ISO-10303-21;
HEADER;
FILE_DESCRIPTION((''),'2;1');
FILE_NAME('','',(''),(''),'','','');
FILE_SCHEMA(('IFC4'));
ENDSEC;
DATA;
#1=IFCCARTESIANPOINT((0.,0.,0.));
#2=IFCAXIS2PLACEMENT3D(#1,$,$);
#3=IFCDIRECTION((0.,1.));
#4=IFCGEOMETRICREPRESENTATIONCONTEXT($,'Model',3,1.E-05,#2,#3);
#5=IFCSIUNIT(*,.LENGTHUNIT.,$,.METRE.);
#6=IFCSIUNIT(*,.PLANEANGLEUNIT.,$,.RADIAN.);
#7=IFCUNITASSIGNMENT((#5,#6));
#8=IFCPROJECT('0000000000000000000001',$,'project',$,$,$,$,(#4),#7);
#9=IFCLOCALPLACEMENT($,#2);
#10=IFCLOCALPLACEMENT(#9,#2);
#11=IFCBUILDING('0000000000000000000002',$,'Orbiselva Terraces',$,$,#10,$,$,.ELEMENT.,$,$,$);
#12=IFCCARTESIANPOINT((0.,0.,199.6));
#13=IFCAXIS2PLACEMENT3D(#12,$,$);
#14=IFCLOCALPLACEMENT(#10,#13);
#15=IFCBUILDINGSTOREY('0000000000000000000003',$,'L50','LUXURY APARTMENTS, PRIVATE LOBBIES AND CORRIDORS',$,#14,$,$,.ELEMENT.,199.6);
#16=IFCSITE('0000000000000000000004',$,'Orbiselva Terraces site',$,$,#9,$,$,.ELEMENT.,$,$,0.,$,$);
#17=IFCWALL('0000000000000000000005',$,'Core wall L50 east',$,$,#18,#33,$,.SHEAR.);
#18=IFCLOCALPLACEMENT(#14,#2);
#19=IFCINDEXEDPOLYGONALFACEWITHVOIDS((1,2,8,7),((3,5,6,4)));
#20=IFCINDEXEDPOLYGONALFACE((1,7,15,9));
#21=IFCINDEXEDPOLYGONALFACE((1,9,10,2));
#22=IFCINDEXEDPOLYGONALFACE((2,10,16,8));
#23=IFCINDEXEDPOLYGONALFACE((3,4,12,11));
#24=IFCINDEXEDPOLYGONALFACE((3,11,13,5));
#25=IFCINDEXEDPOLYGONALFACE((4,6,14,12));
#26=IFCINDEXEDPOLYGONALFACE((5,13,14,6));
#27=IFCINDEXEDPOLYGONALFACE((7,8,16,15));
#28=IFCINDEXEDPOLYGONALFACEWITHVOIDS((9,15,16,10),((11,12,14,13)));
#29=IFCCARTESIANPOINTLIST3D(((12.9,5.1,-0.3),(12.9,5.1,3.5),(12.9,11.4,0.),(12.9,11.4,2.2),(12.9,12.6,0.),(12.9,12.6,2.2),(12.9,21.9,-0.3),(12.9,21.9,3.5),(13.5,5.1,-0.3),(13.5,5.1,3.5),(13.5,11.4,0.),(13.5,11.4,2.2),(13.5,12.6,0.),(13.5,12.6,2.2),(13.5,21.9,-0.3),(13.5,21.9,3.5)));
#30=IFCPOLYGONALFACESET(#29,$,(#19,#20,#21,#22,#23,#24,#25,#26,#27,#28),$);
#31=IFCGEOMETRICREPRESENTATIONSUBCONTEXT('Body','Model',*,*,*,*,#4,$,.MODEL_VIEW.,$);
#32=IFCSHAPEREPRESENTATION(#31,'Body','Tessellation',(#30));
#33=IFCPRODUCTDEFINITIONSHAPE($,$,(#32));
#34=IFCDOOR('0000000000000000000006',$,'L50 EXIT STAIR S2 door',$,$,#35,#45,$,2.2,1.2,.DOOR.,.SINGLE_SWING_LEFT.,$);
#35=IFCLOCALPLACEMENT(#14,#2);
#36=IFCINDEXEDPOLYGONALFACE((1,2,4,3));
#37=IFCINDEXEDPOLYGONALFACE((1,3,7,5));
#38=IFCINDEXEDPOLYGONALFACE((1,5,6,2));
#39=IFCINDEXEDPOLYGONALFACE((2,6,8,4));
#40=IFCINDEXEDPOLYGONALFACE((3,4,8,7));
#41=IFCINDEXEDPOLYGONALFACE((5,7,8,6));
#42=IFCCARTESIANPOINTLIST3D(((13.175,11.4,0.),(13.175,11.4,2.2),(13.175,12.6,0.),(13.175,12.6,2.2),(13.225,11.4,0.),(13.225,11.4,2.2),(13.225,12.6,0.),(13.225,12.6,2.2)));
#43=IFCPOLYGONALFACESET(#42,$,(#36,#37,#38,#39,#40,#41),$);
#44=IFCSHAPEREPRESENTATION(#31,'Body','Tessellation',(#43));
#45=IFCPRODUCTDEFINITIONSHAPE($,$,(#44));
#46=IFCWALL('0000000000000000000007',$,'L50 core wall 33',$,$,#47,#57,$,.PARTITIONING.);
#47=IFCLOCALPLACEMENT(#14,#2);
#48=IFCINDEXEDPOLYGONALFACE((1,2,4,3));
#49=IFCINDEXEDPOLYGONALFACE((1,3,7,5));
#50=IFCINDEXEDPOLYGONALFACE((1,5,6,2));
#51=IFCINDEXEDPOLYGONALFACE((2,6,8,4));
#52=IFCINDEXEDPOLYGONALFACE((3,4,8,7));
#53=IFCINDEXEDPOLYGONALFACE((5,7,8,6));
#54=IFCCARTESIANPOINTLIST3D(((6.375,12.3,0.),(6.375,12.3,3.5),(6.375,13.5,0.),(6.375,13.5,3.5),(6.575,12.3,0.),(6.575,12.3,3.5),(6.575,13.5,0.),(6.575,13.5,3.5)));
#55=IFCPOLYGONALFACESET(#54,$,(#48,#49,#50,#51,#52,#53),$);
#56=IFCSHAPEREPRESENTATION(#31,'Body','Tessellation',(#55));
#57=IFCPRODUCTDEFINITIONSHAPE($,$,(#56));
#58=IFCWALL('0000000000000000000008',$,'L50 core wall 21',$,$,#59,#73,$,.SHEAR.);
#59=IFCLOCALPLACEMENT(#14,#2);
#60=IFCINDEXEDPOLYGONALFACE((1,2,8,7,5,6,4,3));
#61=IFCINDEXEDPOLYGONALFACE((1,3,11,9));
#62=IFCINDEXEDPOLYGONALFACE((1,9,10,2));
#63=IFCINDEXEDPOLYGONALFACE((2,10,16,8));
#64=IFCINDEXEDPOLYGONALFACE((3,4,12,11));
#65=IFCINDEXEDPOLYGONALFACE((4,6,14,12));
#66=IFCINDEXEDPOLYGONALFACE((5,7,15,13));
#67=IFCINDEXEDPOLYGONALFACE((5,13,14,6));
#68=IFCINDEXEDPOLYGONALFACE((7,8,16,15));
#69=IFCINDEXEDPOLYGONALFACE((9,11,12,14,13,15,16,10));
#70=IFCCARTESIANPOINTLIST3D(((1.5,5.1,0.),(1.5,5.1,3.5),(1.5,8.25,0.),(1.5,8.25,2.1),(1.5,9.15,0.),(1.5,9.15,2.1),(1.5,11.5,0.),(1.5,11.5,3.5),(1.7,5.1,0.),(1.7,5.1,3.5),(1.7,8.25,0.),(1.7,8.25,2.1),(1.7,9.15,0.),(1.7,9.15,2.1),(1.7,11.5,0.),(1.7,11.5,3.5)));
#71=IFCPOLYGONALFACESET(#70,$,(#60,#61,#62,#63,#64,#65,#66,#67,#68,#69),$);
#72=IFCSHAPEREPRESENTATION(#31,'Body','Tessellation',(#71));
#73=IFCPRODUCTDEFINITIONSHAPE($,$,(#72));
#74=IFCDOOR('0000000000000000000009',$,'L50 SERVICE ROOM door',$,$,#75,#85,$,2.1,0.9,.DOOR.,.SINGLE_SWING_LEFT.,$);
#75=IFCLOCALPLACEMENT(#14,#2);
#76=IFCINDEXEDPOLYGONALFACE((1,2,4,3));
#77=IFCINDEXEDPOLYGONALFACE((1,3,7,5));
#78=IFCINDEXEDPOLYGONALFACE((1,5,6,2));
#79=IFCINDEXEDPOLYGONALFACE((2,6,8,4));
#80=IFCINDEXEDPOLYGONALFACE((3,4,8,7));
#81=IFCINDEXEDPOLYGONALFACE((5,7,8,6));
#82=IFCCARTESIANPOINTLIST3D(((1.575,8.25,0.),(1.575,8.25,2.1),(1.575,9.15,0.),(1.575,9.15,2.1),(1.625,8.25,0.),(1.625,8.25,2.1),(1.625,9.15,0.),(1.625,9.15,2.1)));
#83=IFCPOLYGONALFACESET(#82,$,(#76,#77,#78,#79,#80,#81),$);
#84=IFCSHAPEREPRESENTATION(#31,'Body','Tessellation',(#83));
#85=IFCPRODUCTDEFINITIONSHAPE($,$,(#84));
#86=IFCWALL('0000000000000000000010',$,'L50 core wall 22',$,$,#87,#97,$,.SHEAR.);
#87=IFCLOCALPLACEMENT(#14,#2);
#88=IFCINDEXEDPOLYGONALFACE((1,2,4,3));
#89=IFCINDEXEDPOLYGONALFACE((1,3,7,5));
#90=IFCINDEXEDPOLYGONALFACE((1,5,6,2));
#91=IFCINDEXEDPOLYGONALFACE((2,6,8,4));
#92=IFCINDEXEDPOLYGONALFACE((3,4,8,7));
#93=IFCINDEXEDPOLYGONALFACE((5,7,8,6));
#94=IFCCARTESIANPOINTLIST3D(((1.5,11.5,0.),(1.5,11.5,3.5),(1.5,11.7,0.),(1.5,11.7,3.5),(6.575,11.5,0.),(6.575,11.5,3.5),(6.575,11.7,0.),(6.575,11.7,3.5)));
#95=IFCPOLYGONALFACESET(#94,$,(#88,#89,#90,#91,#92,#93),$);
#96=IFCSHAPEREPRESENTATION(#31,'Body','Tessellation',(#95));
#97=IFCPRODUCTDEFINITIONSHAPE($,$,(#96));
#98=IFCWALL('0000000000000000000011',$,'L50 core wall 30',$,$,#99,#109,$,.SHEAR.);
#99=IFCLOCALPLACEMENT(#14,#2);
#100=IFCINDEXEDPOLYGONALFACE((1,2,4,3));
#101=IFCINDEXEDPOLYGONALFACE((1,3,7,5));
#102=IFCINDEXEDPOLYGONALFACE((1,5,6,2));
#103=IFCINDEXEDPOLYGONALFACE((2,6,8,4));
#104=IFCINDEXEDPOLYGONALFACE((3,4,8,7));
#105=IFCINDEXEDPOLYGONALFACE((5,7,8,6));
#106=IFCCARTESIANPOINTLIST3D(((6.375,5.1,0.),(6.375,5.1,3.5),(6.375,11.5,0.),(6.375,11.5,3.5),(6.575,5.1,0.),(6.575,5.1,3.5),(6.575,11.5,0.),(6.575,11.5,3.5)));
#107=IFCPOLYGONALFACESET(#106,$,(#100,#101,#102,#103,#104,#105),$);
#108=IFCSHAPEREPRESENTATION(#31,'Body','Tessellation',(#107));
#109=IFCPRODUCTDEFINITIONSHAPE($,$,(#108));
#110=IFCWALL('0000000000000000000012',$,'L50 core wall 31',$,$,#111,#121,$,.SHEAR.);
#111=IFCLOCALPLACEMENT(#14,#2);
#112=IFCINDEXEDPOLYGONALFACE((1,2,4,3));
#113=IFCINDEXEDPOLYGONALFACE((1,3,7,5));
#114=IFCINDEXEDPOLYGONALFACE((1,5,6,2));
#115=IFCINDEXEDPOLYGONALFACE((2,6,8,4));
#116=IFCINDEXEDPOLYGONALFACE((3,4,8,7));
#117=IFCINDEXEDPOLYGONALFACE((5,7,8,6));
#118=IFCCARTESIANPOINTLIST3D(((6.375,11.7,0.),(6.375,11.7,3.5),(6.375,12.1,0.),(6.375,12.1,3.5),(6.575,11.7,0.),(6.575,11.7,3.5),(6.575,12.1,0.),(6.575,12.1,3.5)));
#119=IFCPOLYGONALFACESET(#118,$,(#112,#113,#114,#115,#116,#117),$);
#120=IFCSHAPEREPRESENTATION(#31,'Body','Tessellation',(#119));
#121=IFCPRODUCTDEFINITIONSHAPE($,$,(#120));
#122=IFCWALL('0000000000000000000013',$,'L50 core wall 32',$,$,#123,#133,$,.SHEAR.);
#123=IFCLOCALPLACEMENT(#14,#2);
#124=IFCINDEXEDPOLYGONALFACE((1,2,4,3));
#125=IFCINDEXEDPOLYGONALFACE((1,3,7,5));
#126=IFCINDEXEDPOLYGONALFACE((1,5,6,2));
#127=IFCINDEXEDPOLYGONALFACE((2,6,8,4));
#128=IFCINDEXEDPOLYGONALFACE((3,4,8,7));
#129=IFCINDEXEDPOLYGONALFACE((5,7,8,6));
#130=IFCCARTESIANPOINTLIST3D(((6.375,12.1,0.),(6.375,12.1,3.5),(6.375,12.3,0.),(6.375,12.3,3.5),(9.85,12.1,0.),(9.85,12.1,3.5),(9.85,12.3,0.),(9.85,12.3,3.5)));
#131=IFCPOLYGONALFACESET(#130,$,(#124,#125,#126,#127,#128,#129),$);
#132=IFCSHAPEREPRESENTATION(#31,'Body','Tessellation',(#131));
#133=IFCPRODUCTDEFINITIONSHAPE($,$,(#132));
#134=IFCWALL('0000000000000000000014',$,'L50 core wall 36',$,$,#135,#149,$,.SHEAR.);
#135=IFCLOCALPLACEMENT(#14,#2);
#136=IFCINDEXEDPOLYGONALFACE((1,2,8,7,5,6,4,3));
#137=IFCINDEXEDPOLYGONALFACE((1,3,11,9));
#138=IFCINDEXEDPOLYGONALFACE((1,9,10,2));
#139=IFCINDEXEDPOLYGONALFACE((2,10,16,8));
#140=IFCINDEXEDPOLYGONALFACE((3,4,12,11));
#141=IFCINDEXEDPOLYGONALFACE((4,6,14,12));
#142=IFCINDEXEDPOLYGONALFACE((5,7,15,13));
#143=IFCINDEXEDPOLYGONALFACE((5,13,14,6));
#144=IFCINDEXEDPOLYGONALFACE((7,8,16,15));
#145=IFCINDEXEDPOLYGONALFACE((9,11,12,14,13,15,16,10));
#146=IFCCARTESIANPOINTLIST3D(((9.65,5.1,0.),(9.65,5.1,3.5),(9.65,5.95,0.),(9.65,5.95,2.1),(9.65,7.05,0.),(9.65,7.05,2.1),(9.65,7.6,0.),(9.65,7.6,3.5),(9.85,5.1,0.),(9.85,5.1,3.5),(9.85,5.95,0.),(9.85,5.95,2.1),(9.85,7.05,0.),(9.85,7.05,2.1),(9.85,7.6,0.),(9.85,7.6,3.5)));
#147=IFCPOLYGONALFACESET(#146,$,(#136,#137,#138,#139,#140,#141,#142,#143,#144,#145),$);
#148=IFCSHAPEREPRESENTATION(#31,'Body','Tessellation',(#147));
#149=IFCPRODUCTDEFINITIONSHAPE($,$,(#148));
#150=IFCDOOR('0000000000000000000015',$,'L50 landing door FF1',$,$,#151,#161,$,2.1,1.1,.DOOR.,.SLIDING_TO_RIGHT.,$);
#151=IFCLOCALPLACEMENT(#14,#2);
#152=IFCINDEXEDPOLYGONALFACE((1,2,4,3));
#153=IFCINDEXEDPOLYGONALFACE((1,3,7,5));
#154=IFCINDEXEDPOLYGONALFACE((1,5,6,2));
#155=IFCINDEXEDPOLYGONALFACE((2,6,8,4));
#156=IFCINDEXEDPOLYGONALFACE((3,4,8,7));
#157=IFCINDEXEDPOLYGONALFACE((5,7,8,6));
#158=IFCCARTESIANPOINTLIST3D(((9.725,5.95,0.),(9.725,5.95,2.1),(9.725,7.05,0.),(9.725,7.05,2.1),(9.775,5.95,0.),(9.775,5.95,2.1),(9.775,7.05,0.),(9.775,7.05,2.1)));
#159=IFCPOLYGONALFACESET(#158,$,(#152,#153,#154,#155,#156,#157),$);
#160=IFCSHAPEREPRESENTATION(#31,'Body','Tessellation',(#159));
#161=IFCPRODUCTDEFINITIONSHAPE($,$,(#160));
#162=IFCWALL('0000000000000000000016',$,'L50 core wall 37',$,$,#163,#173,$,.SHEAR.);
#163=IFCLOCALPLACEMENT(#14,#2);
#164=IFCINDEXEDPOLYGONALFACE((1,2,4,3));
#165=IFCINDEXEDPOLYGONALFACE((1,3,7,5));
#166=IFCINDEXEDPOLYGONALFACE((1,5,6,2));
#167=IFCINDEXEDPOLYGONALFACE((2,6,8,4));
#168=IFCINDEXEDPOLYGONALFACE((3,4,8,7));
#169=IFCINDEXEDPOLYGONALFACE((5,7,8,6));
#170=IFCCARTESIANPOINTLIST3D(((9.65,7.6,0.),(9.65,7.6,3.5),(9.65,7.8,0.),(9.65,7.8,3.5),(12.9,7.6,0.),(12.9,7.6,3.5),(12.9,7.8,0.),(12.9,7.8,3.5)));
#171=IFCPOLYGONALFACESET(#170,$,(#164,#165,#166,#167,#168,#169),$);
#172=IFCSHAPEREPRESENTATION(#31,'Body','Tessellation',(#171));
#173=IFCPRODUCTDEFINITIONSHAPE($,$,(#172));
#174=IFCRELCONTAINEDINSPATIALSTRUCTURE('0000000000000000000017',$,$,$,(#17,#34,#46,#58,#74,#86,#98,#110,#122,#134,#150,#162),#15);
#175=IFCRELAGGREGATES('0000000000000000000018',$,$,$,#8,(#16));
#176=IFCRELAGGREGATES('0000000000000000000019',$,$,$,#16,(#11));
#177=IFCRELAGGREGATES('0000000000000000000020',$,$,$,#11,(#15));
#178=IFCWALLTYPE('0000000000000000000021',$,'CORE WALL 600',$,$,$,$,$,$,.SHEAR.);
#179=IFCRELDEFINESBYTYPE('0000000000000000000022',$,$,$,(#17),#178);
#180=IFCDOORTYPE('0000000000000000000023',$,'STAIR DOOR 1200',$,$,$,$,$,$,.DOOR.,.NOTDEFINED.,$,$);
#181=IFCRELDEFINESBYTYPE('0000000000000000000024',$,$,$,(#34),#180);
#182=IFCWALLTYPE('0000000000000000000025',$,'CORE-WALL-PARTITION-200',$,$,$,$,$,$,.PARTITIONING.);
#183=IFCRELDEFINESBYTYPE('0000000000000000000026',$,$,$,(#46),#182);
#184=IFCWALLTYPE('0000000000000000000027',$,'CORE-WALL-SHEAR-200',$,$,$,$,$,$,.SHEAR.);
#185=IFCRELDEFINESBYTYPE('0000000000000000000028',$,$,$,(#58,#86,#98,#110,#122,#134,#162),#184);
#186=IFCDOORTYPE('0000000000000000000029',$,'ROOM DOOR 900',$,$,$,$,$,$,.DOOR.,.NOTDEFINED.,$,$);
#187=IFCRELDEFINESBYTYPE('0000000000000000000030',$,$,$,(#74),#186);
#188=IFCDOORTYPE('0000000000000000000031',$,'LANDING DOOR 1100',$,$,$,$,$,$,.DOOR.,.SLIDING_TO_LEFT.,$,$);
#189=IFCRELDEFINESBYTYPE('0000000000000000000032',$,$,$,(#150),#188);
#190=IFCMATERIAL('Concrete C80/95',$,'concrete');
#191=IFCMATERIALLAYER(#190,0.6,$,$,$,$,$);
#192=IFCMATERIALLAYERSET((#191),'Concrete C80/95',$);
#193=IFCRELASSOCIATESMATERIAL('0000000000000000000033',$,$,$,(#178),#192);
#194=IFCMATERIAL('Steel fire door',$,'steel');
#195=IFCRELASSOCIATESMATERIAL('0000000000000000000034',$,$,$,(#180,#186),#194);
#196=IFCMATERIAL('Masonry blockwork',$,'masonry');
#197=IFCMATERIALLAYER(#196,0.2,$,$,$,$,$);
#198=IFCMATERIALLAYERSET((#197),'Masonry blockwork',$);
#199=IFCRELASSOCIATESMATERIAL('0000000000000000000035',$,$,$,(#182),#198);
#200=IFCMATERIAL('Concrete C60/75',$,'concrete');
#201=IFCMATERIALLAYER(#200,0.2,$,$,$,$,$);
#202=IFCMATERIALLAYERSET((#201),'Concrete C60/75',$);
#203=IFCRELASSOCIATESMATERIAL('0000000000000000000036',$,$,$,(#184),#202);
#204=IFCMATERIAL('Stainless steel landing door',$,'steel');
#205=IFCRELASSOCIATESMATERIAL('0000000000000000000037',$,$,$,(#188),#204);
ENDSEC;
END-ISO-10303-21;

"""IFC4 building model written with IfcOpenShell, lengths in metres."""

from ifc_helpers import new_model, si_unit, direction, frame, frame_2d, origin, place, context, subcontext, project, spatial, rectangle, extrude, material, layer, layer_set, type_object, element, fill, save


model = new_model("IFC4")

# Units and contexts
model_context = context("Model", 3, precision=1e-05, world=origin(), true_north=direction((0.0, 1.0)))
body_context = subcontext(model_context, "Body", "Model", "MODEL_VIEW")
ifc_project = project(units=[si_unit("LENGTHUNIT", "METRE"), si_unit("PLANEANGLEUNIT", "RADIAN")], contexts=[model_context])

# Site, building, storey
site_placement = place(None, origin())
site = spatial("IfcSite", under=ifc_project, at=site_placement, Name="Orbiselva Terraces site", CompositionType="ELEMENT", RefElevation=0.0)
building_placement = place(site_placement, origin())
building = spatial("IfcBuilding", under=site, at=building_placement, Name="Orbiselva Terraces", CompositionType="ELEMENT")
storey_placement = place(building_placement, frame((0.0, 0.0, 199.6)))
storey = spatial("IfcBuildingStorey", under=building, at=storey_placement, Name="L50", Description="LUXURY APARTMENTS, PRIVATE LOBBIES AND CORRIDORS", CompositionType="ELEMENT", Elevation=199.6)

# Wall, opening, door
ifc_material_1 = material(Name="Concrete C80/95", Category="concrete")
ifc_layer_1 = layer(ifc_material_1, 0.6)
ifc_layer_set_1 = layer_set([ifc_layer_1], Name="Concrete C80/95")
wall_type_1 = type_object("IfcWallType", Name="CORE WALL 600", PredefinedType="SHEAR", material=ifc_layer_set_1)
wall_1_placement = place(storey_placement, frame((13.2, 5.1, -0.3), z_axis=(0.0, 0.0, 1.0), x_axis=(0.0, 1.0, 0.0)))
wall_1 = element("IfcWall", 1, at=wall_1_placement, inside=storey, type_object=wall_type_1, Name="Core wall L50 east", PredefinedType="SHEAR", context=body_context, shape_type="SweptSolid", body=[
    extrude(rectangle(XDim=16.8, YDim=0.6, at=frame_2d((8.4, 0.0))), origin(), (0.0, 0.0, 1.0), 3.8),
])
opening_1_placement = place(wall_1_placement, frame((6.3, 0.0, 0.3)))
opening_1 = element("IfcOpeningElement", 2, at=opening_1_placement, cuts=wall_1, PredefinedType="OPENING", context=body_context, shape_type="SweptSolid", body=[
    extrude(rectangle(XDim=1.2, YDim=2.2, at=frame_2d((0.6, 1.1))), frame((0.0, 0.31, 0.0), z_axis=(0.0, -1.0, 0.0), x_axis=(1.0, 0.0, 0.0)), (0.0, 0.0, 1.0), 0.62),
])
ifc_material_2 = material(Name="Steel fire door", Category="steel")
door_type_1 = type_object("IfcDoorType", Name="STAIR DOOR 1200", OperationType="NOTDEFINED", PredefinedType="DOOR", material=ifc_material_2)
door_1_placement = place(opening_1_placement, frame((1.2, 0.0, 0.0), z_axis=(0.0, 0.0, 1.0), x_axis=(-1.0, 0.0, 0.0)))
door_1 = element("IfcDoor", 3, at=door_1_placement, inside=storey, type_object=door_type_1, Name="L50 EXIT STAIR S2 door", OperationType="SINGLE_SWING_LEFT", OverallHeight=2.2, OverallWidth=1.2, PredefinedType="DOOR", context=body_context, shape_type="SweptSolid", body=[
    extrude(rectangle(XDim=1.2, YDim=2.2, at=frame_2d((0.6, 1.1))), frame((0.0, 0.025, 0.0), z_axis=(0.0, -1.0, 0.0), x_axis=(1.0, 0.0, 0.0)), (0.0, 0.0, 1.0), 0.05),
])
fill(opening_1, door_1)

# Wall
ifc_material_3 = material(Name="Masonry blockwork", Category="masonry")
ifc_layer_2 = layer(ifc_material_3, 0.2)
ifc_layer_set_2 = layer_set([ifc_layer_2], Name="Masonry blockwork")
wall_type_2 = type_object("IfcWallType", Name="CORE-WALL-PARTITION-200", PredefinedType="PARTITIONING", material=ifc_layer_set_2)
wall_2_placement = place(storey_placement, frame((6.475, 12.3, 0.0), z_axis=(0.0, 0.0, 1.0), x_axis=(0.0, 1.0, 0.0)))
element("IfcWall", 4, at=wall_2_placement, inside=storey, type_object=wall_type_2, Name="L50 core wall 33", PredefinedType="PARTITIONING", context=body_context, shape_type="SweptSolid", body=[
    extrude(rectangle(XDim=1.2, YDim=0.2, at=frame_2d((0.6, 0.0))), origin(), (0.0, 0.0, 1.0), 3.5),
])

# Wall, opening, door
ifc_material_4 = material(Name="Concrete C60/75", Category="concrete")
ifc_layer_3 = layer(ifc_material_4, 0.2)
ifc_layer_set_3 = layer_set([ifc_layer_3], Name="Concrete C60/75")
wall_type_3 = type_object("IfcWallType", Name="CORE-WALL-SHEAR-200", PredefinedType="SHEAR", material=ifc_layer_set_3)
wall_3_placement = place(storey_placement, frame((1.6, 11.5, 0.0), z_axis=(0.0, 0.0, 1.0), x_axis=(0.0, -1.0, 0.0)))
wall_3 = element("IfcWall", 5, at=wall_3_placement, inside=storey, type_object=wall_type_3, Name="L50 core wall 21", PredefinedType="SHEAR", context=body_context, shape_type="SweptSolid", body=[
    extrude(rectangle(XDim=6.4, YDim=0.2, at=frame_2d((3.2, 0.0))), origin(), (0.0, 0.0, 1.0), 3.5),
])
opening_2_placement = place(wall_3_placement, frame((2.35, 0.0, 0.0)))
opening_2 = element("IfcOpeningElement", 6, at=opening_2_placement, cuts=wall_3, PredefinedType="OPENING", context=body_context, shape_type="SweptSolid", body=[
    extrude(rectangle(XDim=0.9, YDim=2.1, at=frame_2d((0.45, 1.05))), frame((0.0, 0.11, 0.0), z_axis=(0.0, -1.0, 0.0), x_axis=(1.0, 0.0, 0.0)), (0.0, 0.0, 1.0), 0.22),
])
door_type_2 = type_object("IfcDoorType", Name="ROOM DOOR 900", OperationType="NOTDEFINED", PredefinedType="DOOR", material=ifc_material_2)
door_2_placement = place(opening_2_placement, origin())
door_2 = element("IfcDoor", 7, at=door_2_placement, inside=storey, type_object=door_type_2, Name="L50 SERVICE ROOM door", OperationType="SINGLE_SWING_LEFT", OverallHeight=2.1, OverallWidth=0.9, PredefinedType="DOOR", context=body_context, shape_type="SweptSolid", body=[
    extrude(rectangle(XDim=0.9, YDim=2.1, at=frame_2d((0.45, 1.05))), frame((0.0, 0.025, 0.0), z_axis=(0.0, -1.0, 0.0), x_axis=(1.0, 0.0, 0.0)), (0.0, 0.0, 1.0), 0.05),
])
fill(opening_2, door_2)

# Walls
wall_4_placement = place(storey_placement, frame((1.5, 11.6, 0.0), z_axis=(0.0, 0.0, 1.0), x_axis=(1.0, 0.0, 0.0)))
element("IfcWall", 8, at=wall_4_placement, inside=storey, type_object=wall_type_3, Name="L50 core wall 22", PredefinedType="SHEAR", context=body_context, shape_type="SweptSolid", body=[
    extrude(rectangle(XDim=5.075, YDim=0.2, at=frame_2d((2.5375, 0.0))), origin(), (0.0, 0.0, 1.0), 3.5),
])
wall_5_placement = place(storey_placement, frame((6.475, 5.1, 0.0), z_axis=(0.0, 0.0, 1.0), x_axis=(0.0, 1.0, 0.0)))
element("IfcWall", 9, at=wall_5_placement, inside=storey, type_object=wall_type_3, Name="L50 core wall 30", PredefinedType="SHEAR", context=body_context, shape_type="SweptSolid", body=[
    extrude(rectangle(XDim=6.4, YDim=0.2, at=frame_2d((3.2, 0.0))), origin(), (0.0, 0.0, 1.0), 3.5),
])
wall_6_placement = place(storey_placement, frame((6.475, 11.7, 0.0), z_axis=(0.0, 0.0, 1.0), x_axis=(0.0, 1.0, 0.0)))
element("IfcWall", 10, at=wall_6_placement, inside=storey, type_object=wall_type_3, Name="L50 core wall 31", PredefinedType="SHEAR", context=body_context, shape_type="SweptSolid", body=[
    extrude(rectangle(XDim=0.4, YDim=0.2, at=frame_2d((0.2, 0.0))), origin(), (0.0, 0.0, 1.0), 3.5),
])
wall_7_placement = place(storey_placement, frame((6.375, 12.2, 0.0), z_axis=(0.0, 0.0, 1.0), x_axis=(1.0, 0.0, 0.0)))
element("IfcWall", 11, at=wall_7_placement, inside=storey, type_object=wall_type_3, Name="L50 core wall 32", PredefinedType="SHEAR", context=body_context, shape_type="SweptSolid", body=[
    extrude(rectangle(XDim=3.475, YDim=0.2, at=frame_2d((1.7375, 0.0))), origin(), (0.0, 0.0, 1.0), 3.5),
])

# Wall, opening, door
wall_8_placement = place(storey_placement, frame((9.75, 5.1, 0.0), z_axis=(0.0, 0.0, 1.0), x_axis=(0.0, 1.0, 0.0)))
wall_8 = element("IfcWall", 12, at=wall_8_placement, inside=storey, type_object=wall_type_3, Name="L50 core wall 36", PredefinedType="SHEAR", context=body_context, shape_type="SweptSolid", body=[
    extrude(rectangle(XDim=2.5, YDim=0.2, at=frame_2d((1.25, 0.0))), origin(), (0.0, 0.0, 1.0), 3.5),
])
opening_3_placement = place(wall_8_placement, frame((0.85, 0.0, 0.0)))
opening_3 = element("IfcOpeningElement", 13, at=opening_3_placement, cuts=wall_8, PredefinedType="OPENING", context=body_context, shape_type="SweptSolid", body=[
    extrude(rectangle(XDim=1.1, YDim=2.1, at=frame_2d((0.55, 1.05))), frame((0.0, 0.11, 0.0), z_axis=(0.0, -1.0, 0.0), x_axis=(1.0, 0.0, 0.0)), (0.0, 0.0, 1.0), 0.22),
])
ifc_material_5 = material(Name="Stainless steel landing door", Category="steel")
door_type_3 = type_object("IfcDoorType", Name="LANDING DOOR 1100", OperationType="SLIDING_TO_LEFT", PredefinedType="DOOR", material=ifc_material_5)
door_3_placement = place(opening_3_placement, origin())
door_3 = element("IfcDoor", 14, at=door_3_placement, inside=storey, type_object=door_type_3, Name="L50 landing door FF1", OperationType="SLIDING_TO_RIGHT", OverallHeight=2.1, OverallWidth=1.1, PredefinedType="DOOR", context=body_context, shape_type="SweptSolid", body=[
    extrude(rectangle(XDim=1.1, YDim=2.1, at=frame_2d((0.55, 1.05))), frame((0.0, 0.025, 0.0), z_axis=(0.0, -1.0, 0.0), x_axis=(1.0, 0.0, 0.0)), (0.0, 0.0, 1.0), 0.05),
])
fill(opening_3, door_3)

# Wall
wall_9_placement = place(storey_placement, frame((9.65, 7.7, 0.0), z_axis=(0.0, 0.0, 1.0), x_axis=(1.0, 0.0, 0.0)))
element("IfcWall", 15, at=wall_9_placement, inside=storey, type_object=wall_type_3, Name="L50 core wall 37", PredefinedType="SHEAR", context=body_context, shape_type="SweptSolid", body=[
    extrude(rectangle(XDim=3.25, YDim=0.2, at=frame_2d((1.625, 0.0))), origin(), (0.0, 0.0, 1.0), 3.5),
])

save(model, "model.ifc")
